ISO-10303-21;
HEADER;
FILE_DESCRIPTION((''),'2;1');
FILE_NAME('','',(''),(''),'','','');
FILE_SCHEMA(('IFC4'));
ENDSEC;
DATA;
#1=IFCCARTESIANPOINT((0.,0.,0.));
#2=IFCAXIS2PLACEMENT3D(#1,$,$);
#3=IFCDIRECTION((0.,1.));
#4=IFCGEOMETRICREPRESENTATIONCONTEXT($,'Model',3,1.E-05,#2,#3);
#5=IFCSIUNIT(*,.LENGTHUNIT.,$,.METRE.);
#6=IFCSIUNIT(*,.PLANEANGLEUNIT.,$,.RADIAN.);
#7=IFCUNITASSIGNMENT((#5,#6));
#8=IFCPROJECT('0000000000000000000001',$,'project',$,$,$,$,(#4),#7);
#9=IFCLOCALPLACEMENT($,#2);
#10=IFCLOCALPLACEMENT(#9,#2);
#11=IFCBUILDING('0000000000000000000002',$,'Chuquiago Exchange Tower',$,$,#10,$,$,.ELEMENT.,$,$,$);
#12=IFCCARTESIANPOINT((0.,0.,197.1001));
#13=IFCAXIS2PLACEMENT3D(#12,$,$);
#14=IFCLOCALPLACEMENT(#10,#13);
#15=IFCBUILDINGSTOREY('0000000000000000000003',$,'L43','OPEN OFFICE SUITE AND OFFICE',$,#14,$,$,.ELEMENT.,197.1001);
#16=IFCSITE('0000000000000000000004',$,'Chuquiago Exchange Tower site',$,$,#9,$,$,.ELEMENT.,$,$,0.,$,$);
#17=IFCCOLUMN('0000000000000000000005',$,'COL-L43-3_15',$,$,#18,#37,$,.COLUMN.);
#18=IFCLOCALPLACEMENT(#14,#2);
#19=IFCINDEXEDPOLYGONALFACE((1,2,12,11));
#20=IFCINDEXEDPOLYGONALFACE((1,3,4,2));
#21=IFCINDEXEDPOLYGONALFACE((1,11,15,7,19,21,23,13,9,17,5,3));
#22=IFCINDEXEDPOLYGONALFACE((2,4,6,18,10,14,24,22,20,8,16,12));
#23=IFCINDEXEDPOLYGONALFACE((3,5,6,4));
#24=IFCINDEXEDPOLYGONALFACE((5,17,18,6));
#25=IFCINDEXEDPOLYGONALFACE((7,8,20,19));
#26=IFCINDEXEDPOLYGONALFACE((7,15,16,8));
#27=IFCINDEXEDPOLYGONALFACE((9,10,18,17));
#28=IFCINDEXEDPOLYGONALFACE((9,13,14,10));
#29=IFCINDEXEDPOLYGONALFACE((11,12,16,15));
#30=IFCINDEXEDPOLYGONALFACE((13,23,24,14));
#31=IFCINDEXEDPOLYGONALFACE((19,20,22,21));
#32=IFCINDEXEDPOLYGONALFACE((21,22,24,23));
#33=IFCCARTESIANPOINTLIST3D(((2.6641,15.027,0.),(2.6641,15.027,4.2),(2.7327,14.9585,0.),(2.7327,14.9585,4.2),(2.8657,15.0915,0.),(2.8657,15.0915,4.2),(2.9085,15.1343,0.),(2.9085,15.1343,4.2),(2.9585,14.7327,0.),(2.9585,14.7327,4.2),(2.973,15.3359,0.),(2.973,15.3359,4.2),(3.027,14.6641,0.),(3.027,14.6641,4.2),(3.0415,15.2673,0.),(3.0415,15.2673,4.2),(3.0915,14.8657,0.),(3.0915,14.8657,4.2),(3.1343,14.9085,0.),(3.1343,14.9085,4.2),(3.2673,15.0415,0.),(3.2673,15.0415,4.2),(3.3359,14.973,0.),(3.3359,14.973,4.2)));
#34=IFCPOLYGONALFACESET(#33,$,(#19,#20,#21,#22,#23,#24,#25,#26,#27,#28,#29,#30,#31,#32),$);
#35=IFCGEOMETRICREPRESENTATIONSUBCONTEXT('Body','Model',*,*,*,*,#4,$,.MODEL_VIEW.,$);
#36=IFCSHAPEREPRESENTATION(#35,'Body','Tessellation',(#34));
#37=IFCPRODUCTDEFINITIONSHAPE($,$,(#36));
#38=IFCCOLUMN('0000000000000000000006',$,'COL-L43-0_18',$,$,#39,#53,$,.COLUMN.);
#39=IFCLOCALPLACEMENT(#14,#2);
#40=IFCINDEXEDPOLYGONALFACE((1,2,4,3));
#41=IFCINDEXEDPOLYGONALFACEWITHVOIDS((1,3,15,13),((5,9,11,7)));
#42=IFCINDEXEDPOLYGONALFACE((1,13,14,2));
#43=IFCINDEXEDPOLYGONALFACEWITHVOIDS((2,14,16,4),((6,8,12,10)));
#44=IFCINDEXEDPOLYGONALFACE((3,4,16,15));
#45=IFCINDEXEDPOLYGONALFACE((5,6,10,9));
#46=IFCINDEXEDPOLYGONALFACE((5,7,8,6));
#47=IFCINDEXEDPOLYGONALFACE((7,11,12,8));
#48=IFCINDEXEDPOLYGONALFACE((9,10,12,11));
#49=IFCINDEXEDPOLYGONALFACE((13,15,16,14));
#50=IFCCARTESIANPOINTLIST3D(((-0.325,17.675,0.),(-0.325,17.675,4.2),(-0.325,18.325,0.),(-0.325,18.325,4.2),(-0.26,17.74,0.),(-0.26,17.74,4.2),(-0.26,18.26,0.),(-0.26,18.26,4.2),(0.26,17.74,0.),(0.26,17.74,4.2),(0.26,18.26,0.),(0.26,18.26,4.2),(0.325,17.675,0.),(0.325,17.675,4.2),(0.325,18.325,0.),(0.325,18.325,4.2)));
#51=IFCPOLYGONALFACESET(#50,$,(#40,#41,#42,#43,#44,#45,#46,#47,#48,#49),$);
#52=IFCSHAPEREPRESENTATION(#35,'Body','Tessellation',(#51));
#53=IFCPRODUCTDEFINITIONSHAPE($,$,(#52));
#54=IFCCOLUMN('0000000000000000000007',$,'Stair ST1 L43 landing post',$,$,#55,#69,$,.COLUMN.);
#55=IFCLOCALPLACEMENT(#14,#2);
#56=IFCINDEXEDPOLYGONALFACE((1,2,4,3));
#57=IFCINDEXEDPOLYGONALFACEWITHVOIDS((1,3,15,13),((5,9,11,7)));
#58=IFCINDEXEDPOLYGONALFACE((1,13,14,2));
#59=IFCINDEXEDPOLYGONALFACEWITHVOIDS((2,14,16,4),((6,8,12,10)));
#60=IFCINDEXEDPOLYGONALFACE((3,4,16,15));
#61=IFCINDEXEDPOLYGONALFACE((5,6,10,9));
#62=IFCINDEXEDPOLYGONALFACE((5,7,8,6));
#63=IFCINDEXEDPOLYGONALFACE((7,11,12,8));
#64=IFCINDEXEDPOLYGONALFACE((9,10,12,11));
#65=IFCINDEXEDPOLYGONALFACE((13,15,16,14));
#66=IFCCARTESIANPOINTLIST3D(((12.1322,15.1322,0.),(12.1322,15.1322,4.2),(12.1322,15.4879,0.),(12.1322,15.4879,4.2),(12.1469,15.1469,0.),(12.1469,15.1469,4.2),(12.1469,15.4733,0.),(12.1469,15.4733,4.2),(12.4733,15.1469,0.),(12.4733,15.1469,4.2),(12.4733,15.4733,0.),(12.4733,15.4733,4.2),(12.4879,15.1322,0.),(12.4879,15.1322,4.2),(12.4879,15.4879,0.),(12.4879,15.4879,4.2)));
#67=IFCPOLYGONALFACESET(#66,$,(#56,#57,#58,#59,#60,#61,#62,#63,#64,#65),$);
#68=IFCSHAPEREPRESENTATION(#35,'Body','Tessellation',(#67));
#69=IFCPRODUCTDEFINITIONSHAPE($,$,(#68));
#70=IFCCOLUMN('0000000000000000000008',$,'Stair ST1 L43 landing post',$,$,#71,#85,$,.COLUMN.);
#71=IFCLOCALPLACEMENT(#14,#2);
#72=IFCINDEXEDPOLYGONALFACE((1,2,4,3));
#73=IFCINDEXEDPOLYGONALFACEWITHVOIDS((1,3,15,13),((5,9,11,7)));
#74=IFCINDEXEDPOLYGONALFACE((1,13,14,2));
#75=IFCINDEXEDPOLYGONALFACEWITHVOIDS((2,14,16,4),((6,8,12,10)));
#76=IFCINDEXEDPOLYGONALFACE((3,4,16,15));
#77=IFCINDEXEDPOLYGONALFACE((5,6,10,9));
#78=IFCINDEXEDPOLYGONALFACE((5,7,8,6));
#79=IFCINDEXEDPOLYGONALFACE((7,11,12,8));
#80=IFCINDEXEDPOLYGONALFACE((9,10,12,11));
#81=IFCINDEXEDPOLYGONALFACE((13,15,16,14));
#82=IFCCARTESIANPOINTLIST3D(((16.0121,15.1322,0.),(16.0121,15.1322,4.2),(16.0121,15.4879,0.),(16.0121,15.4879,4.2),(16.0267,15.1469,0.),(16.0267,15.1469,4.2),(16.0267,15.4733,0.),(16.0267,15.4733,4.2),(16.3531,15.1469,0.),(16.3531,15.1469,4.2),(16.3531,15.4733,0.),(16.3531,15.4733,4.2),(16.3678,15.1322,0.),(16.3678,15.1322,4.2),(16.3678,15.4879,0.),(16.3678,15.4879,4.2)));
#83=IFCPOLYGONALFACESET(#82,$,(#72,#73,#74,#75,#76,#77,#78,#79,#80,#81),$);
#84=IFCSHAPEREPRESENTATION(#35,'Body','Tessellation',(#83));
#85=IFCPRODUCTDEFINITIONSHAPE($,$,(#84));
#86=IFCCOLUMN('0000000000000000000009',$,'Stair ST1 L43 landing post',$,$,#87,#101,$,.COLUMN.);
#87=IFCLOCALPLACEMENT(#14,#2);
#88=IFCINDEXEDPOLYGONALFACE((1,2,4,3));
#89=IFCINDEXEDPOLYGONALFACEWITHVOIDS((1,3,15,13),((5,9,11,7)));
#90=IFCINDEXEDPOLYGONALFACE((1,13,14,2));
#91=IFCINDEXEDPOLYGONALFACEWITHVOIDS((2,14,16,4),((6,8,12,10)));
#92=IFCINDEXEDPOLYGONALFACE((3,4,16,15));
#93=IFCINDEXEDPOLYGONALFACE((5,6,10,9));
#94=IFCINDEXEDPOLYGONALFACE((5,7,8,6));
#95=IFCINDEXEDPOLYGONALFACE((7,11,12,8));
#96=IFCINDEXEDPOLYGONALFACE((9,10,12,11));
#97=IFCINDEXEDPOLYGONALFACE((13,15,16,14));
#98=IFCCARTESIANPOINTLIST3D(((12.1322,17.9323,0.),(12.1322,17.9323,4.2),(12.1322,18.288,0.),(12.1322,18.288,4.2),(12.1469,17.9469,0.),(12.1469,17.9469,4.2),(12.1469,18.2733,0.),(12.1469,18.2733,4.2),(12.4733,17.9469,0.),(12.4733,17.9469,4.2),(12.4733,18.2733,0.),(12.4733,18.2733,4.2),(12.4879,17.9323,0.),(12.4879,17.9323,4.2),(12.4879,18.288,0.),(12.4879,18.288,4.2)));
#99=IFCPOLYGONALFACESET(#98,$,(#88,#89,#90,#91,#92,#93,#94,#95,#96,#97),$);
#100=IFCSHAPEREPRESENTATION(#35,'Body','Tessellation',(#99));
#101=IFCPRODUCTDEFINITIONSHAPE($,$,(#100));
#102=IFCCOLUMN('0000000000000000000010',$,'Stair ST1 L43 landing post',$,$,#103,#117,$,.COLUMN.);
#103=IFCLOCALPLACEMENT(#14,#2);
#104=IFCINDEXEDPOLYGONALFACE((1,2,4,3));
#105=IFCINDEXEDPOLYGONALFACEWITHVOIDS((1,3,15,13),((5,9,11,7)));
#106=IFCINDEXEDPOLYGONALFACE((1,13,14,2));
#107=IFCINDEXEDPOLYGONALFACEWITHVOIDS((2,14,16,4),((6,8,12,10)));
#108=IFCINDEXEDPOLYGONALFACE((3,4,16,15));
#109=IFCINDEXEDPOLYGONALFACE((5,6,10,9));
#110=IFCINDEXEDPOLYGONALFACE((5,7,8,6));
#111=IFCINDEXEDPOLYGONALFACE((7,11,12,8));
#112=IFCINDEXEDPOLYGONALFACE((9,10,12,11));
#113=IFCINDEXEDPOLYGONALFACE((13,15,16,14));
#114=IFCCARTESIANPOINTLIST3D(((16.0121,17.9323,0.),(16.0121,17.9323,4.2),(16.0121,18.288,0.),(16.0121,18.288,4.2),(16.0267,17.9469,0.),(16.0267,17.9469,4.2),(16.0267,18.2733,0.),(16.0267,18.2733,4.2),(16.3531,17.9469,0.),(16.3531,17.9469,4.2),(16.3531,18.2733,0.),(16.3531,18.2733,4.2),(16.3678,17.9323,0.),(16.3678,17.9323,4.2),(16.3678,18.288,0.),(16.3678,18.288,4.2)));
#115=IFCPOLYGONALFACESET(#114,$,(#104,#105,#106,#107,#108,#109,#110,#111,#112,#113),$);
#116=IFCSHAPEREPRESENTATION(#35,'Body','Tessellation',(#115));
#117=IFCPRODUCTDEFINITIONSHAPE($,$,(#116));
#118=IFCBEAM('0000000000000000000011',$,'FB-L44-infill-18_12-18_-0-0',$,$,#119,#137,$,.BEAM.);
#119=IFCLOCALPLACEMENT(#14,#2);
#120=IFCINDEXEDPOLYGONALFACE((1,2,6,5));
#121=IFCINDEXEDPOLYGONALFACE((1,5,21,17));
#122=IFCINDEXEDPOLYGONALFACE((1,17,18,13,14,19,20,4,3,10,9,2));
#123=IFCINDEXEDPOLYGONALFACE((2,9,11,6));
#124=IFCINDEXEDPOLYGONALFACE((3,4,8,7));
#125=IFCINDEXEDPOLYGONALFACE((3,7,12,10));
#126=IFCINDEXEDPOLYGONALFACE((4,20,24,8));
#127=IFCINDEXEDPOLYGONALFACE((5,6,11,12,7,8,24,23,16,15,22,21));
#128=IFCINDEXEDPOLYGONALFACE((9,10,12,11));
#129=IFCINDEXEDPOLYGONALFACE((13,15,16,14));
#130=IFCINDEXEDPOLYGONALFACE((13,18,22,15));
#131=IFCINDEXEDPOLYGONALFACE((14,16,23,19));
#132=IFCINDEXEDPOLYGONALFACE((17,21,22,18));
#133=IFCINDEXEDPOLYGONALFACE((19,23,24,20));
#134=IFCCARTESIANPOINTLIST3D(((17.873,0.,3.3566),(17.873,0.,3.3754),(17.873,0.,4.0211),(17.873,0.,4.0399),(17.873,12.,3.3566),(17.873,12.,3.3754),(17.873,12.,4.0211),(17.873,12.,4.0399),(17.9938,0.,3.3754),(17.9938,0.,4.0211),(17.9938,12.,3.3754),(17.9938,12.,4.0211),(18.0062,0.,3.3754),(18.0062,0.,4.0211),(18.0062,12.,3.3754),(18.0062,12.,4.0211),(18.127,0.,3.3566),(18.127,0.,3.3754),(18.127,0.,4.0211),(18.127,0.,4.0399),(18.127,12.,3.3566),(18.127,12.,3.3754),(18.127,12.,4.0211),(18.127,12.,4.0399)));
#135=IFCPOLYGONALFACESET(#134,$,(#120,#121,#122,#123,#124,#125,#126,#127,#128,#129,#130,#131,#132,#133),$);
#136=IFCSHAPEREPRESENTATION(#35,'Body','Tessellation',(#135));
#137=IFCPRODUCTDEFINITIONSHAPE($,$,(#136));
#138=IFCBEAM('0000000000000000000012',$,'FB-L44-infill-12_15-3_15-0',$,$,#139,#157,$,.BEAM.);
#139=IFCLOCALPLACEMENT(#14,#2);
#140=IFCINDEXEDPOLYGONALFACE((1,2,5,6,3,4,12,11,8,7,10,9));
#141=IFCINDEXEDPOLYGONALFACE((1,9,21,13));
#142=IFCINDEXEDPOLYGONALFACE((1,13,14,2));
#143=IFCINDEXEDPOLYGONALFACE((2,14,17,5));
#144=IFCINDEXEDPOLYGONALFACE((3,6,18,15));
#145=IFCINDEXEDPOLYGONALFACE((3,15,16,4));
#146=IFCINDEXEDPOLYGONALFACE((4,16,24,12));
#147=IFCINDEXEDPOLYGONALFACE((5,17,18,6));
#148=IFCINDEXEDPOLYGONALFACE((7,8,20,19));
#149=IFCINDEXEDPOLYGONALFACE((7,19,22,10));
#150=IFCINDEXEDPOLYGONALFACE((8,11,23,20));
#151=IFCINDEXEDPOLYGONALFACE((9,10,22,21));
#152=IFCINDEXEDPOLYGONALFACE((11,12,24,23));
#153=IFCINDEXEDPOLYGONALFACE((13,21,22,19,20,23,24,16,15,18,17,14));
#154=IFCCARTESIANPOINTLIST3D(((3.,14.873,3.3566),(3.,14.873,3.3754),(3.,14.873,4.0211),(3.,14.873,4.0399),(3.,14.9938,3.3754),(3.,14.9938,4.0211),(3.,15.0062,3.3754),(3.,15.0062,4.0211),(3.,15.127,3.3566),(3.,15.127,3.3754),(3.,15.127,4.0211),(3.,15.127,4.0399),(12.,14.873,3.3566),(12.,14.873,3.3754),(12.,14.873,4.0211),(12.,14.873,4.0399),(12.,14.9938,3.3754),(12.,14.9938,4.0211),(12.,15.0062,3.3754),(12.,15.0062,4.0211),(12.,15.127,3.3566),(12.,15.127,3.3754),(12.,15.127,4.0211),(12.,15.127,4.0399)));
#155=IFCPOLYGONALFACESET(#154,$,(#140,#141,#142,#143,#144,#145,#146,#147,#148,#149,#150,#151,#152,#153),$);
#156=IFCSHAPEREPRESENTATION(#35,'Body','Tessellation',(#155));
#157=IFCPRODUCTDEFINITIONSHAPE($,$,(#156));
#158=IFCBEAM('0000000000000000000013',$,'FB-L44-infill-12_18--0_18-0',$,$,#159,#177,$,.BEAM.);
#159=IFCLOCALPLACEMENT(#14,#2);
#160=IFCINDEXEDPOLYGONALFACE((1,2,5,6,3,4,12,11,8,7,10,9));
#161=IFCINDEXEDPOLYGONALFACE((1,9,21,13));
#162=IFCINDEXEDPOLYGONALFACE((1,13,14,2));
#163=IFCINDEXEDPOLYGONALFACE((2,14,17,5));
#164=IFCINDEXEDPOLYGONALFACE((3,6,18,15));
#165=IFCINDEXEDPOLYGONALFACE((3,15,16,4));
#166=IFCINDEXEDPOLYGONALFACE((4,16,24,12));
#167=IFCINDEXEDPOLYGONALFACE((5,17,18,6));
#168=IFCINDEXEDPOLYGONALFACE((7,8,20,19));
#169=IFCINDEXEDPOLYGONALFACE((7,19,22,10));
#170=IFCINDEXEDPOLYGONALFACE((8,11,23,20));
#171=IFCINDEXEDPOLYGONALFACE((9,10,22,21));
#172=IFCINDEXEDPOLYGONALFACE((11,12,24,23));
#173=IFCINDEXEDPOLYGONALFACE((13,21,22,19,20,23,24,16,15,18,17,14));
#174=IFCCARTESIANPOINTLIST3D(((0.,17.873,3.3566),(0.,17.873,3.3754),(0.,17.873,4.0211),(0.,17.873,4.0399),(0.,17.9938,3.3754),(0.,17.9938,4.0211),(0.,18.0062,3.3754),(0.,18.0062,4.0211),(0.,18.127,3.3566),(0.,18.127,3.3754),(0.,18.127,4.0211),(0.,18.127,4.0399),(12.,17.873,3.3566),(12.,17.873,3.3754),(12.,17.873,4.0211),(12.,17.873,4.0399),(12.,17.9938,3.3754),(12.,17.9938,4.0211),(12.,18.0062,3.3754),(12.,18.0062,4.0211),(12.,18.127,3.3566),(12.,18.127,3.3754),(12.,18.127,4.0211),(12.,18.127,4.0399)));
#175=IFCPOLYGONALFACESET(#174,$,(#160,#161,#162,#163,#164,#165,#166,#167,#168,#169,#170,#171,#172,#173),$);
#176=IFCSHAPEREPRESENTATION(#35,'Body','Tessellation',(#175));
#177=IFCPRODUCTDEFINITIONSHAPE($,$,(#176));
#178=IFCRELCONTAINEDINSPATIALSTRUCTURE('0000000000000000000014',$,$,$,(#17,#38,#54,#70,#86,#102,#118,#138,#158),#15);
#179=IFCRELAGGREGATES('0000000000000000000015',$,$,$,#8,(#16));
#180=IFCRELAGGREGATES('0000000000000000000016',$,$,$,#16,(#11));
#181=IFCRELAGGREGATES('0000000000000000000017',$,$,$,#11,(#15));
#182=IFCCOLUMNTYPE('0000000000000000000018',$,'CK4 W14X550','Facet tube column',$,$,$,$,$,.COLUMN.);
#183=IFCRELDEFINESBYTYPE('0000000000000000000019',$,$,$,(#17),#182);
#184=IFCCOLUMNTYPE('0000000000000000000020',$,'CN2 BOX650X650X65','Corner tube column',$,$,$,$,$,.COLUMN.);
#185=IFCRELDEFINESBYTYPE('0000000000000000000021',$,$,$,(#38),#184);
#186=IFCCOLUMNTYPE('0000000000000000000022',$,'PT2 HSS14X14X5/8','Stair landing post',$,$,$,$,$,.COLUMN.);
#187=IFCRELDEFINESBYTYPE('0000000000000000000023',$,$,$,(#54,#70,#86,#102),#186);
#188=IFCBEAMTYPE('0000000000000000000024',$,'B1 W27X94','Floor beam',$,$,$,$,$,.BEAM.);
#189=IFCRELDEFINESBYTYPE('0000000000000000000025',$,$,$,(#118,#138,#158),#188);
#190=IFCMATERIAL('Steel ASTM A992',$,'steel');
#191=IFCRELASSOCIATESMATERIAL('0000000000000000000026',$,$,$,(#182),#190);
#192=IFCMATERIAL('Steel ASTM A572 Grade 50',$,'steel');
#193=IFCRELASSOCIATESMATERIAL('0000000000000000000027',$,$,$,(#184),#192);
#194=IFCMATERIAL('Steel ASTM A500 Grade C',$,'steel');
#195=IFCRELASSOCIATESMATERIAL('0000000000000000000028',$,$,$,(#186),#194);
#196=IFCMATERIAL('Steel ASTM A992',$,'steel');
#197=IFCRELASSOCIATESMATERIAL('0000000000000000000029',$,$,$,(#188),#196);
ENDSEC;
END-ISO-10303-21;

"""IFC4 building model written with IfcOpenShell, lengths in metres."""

from ifc_helpers import new_model, si_unit, direction, frame, origin, origin_2d, place, context, subcontext, project, spatial, hollow_rectangle, i_section, extrude, material, material_profile, profile_set, type_object, element, save


model = new_model("IFC4")

# Units and contexts
model_context = context("Model", 3, precision=1e-05, world=origin(), true_north=direction((0.0, 1.0)))
body_context = subcontext(model_context, "Body", "Model", "MODEL_VIEW")
ifc_project = project(units=[si_unit("LENGTHUNIT", "METRE"), si_unit("PLANEANGLEUNIT", "RADIAN")], contexts=[model_context])

# Site, building, storey
site_placement = place(None, origin())
site = spatial("IfcSite", under=ifc_project, at=site_placement, Name="Chuquiago Exchange Tower site", CompositionType="ELEMENT", RefElevation=0.0)
building_placement = place(site_placement, origin())
building = spatial("IfcBuilding", under=site, at=building_placement, Name="Chuquiago Exchange Tower", CompositionType="ELEMENT")
storey_placement = place(building_placement, frame((0.0, 0.0, 197.1001)))
storey = spatial("IfcBuildingStorey", under=building, at=storey_placement, Name="L43", Description="OPEN OFFICE SUITE AND OFFICE", CompositionType="ELEMENT", Elevation=197.1001)

# Columns
ifc_material_1 = material(Name="Steel ASTM A992", Category="steel")
ifc_material_profile_1 = material_profile(ifc_material_1, i_section(OverallWidth=0.4368, OverallDepth=0.5132, WebThickness=0.0605, FlangeThickness=0.0969, at=origin_2d()), Name="W14X550")
ifc_profile_set_1 = profile_set([ifc_material_profile_1], Name="Steel ASTM A992")
column_type_1 = type_object("IfcColumnType", Name="CK4 W14X550", Description="Facet tube column", PredefinedType="COLUMN", material=ifc_profile_set_1)
column_1_placement = place(storey_placement, frame((3.0, 15.0, 0.0), z_axis=(0.0, 0.0, 1.0), x_axis=(-0.707107, -0.707107, 0.0)))
element("IfcColumn", 1, at=column_1_placement, inside=storey, type_object=column_type_1, Name="COL-L43-3_15", PredefinedType="COLUMN", context=body_context, shape_type="SweptSolid", body=[
    extrude(i_section(OverallWidth=0.4368, OverallDepth=0.5132, WebThickness=0.0605, FlangeThickness=0.0969, at=origin_2d()), origin(), (0.0, 0.0, 1.0), 4.2),
])
ifc_material_2 = material(Name="Steel ASTM A572 Grade 50", Category="steel")
ifc_material_profile_2 = material_profile(ifc_material_2, hollow_rectangle(XDim=0.6499, YDim=0.6499, WallThickness=0.0649, at=origin_2d()), Name="BOX650X650X65")
ifc_profile_set_2 = profile_set([ifc_material_profile_2], Name="Steel ASTM A572 Grade 50")
column_type_2 = type_object("IfcColumnType", Name="CN2 BOX650X650X65", Description="Corner tube column", PredefinedType="COLUMN", material=ifc_profile_set_2)
column_2_placement = place(storey_placement, frame((0.0, 18.0, 0.0), z_axis=(0.0, 0.0, 1.0), x_axis=(-1.0, 0.0, 0.0)))
element("IfcColumn", 2, at=column_2_placement, inside=storey, type_object=column_type_2, Name="COL-L43-0_18", PredefinedType="COLUMN", context=body_context, shape_type="SweptSolid", body=[
    extrude(hollow_rectangle(XDim=0.6499, YDim=0.6499, WallThickness=0.0649, at=origin_2d()), origin(), (0.0, 0.0, 1.0), 4.2),
])
ifc_material_3 = material(Name="Steel ASTM A500 Grade C", Category="steel")
ifc_material_profile_3 = material_profile(ifc_material_3, hollow_rectangle(XDim=0.3557, YDim=0.3557, WallThickness=0.0146, at=origin_2d()), Name="HSS14X14X5/8")
ifc_profile_set_3 = profile_set([ifc_material_profile_3], Name="Steel ASTM A500 Grade C")
column_type_3 = type_object("IfcColumnType", Name="PT2 HSS14X14X5/8", Description="Stair landing post", PredefinedType="COLUMN", material=ifc_profile_set_3)
for number, where, z_axis, x_axis, name in (
    (3, (12.3101, 15.3101, 0.0), (0.0, 0.0, 1.0), (1.0, 0.0, 0.0), "Stair ST1 L43 landing post"),
    (4, (16.1899, 15.3101, 0.0), (0.0, 0.0, 1.0), (1.0, 0.0, 0.0), "Stair ST1 L43 landing post"),
    (5, (12.3101, 18.1101, 0.0), (0.0, 0.0, 1.0), (1.0, 0.0, 0.0), "Stair ST1 L43 landing post"),
    (6, (16.1899, 18.1101, 0.0), (0.0, 0.0, 1.0), (1.0, 0.0, 0.0), "Stair ST1 L43 landing post"),
):
    element("IfcColumn", number, at=place(storey_placement, frame(where, z_axis=z_axis, x_axis=x_axis)), inside=storey, type_object=column_type_3, Name=name, PredefinedType="COLUMN", context=body_context, shape_type="SweptSolid", body=[
        extrude(hollow_rectangle(XDim=0.3557, YDim=0.3557, WallThickness=0.0146, at=origin_2d()), origin(), (0.0, 0.0, 1.0), 4.2),
    ])

# Beams
ifc_material_4 = material(Name="Steel ASTM A992", Category="steel")
ifc_material_profile_4 = material_profile(ifc_material_4, i_section(OverallWidth=0.2539, OverallDepth=0.6833, WebThickness=0.0125, FlangeThickness=0.0188, at=origin_2d()), Name="W27X94")
ifc_profile_set_4 = profile_set([ifc_material_profile_4], Name="Steel ASTM A992")
beam_type_1 = type_object("IfcBeamType", Name="B1 W27X94", Description="Floor beam", PredefinedType="BEAM", material=ifc_profile_set_4)
beam_1_placement = place(storey_placement, frame((18.0, 12.0, 3.6982), z_axis=(0.0, -1.0, 0.0), x_axis=(1.0, 0.0, 0.0)))
element("IfcBeam", 7, at=beam_1_placement, inside=storey, type_object=beam_type_1, Name="FB-L44-infill-18_12-18_-0-0", PredefinedType="BEAM", context=body_context, shape_type="SweptSolid", body=[
    extrude(i_section(OverallWidth=0.2539, OverallDepth=0.6833, WebThickness=0.0125, FlangeThickness=0.0188, at=origin_2d()), origin(), (0.0, 0.0, 1.0), 12.0),
])
beam_2_placement = place(storey_placement, frame((12.0, 15.0, 3.6982), z_axis=(-1.0, 0.0, 0.0), x_axis=(0.0, -1.0, 0.0)))
element("IfcBeam", 8, at=beam_2_placement, inside=storey, type_object=beam_type_1, Name="FB-L44-infill-12_15-3_15-0", PredefinedType="BEAM", context=body_context, shape_type="SweptSolid", body=[
    extrude(i_section(OverallWidth=0.2539, OverallDepth=0.6833, WebThickness=0.0125, FlangeThickness=0.0188, at=origin_2d()), origin(), (0.0, 0.0, 1.0), 9.0),
])
beam_3_placement = place(storey_placement, frame((12.0, 18.0, 3.6982), z_axis=(-1.0, 0.0, 0.0), x_axis=(0.0, -1.0, 0.0)))
element("IfcBeam", 9, at=beam_3_placement, inside=storey, type_object=beam_type_1, Name="FB-L44-infill-12_18--0_18-0", PredefinedType="BEAM", context=body_context, shape_type="SweptSolid", body=[
    extrude(i_section(OverallWidth=0.2539, OverallDepth=0.6833, WebThickness=0.0125, FlangeThickness=0.0188, at=origin_2d()), origin(), (0.0, 0.0, 1.0), 12.0),
])

save(model, "model.ifc")
